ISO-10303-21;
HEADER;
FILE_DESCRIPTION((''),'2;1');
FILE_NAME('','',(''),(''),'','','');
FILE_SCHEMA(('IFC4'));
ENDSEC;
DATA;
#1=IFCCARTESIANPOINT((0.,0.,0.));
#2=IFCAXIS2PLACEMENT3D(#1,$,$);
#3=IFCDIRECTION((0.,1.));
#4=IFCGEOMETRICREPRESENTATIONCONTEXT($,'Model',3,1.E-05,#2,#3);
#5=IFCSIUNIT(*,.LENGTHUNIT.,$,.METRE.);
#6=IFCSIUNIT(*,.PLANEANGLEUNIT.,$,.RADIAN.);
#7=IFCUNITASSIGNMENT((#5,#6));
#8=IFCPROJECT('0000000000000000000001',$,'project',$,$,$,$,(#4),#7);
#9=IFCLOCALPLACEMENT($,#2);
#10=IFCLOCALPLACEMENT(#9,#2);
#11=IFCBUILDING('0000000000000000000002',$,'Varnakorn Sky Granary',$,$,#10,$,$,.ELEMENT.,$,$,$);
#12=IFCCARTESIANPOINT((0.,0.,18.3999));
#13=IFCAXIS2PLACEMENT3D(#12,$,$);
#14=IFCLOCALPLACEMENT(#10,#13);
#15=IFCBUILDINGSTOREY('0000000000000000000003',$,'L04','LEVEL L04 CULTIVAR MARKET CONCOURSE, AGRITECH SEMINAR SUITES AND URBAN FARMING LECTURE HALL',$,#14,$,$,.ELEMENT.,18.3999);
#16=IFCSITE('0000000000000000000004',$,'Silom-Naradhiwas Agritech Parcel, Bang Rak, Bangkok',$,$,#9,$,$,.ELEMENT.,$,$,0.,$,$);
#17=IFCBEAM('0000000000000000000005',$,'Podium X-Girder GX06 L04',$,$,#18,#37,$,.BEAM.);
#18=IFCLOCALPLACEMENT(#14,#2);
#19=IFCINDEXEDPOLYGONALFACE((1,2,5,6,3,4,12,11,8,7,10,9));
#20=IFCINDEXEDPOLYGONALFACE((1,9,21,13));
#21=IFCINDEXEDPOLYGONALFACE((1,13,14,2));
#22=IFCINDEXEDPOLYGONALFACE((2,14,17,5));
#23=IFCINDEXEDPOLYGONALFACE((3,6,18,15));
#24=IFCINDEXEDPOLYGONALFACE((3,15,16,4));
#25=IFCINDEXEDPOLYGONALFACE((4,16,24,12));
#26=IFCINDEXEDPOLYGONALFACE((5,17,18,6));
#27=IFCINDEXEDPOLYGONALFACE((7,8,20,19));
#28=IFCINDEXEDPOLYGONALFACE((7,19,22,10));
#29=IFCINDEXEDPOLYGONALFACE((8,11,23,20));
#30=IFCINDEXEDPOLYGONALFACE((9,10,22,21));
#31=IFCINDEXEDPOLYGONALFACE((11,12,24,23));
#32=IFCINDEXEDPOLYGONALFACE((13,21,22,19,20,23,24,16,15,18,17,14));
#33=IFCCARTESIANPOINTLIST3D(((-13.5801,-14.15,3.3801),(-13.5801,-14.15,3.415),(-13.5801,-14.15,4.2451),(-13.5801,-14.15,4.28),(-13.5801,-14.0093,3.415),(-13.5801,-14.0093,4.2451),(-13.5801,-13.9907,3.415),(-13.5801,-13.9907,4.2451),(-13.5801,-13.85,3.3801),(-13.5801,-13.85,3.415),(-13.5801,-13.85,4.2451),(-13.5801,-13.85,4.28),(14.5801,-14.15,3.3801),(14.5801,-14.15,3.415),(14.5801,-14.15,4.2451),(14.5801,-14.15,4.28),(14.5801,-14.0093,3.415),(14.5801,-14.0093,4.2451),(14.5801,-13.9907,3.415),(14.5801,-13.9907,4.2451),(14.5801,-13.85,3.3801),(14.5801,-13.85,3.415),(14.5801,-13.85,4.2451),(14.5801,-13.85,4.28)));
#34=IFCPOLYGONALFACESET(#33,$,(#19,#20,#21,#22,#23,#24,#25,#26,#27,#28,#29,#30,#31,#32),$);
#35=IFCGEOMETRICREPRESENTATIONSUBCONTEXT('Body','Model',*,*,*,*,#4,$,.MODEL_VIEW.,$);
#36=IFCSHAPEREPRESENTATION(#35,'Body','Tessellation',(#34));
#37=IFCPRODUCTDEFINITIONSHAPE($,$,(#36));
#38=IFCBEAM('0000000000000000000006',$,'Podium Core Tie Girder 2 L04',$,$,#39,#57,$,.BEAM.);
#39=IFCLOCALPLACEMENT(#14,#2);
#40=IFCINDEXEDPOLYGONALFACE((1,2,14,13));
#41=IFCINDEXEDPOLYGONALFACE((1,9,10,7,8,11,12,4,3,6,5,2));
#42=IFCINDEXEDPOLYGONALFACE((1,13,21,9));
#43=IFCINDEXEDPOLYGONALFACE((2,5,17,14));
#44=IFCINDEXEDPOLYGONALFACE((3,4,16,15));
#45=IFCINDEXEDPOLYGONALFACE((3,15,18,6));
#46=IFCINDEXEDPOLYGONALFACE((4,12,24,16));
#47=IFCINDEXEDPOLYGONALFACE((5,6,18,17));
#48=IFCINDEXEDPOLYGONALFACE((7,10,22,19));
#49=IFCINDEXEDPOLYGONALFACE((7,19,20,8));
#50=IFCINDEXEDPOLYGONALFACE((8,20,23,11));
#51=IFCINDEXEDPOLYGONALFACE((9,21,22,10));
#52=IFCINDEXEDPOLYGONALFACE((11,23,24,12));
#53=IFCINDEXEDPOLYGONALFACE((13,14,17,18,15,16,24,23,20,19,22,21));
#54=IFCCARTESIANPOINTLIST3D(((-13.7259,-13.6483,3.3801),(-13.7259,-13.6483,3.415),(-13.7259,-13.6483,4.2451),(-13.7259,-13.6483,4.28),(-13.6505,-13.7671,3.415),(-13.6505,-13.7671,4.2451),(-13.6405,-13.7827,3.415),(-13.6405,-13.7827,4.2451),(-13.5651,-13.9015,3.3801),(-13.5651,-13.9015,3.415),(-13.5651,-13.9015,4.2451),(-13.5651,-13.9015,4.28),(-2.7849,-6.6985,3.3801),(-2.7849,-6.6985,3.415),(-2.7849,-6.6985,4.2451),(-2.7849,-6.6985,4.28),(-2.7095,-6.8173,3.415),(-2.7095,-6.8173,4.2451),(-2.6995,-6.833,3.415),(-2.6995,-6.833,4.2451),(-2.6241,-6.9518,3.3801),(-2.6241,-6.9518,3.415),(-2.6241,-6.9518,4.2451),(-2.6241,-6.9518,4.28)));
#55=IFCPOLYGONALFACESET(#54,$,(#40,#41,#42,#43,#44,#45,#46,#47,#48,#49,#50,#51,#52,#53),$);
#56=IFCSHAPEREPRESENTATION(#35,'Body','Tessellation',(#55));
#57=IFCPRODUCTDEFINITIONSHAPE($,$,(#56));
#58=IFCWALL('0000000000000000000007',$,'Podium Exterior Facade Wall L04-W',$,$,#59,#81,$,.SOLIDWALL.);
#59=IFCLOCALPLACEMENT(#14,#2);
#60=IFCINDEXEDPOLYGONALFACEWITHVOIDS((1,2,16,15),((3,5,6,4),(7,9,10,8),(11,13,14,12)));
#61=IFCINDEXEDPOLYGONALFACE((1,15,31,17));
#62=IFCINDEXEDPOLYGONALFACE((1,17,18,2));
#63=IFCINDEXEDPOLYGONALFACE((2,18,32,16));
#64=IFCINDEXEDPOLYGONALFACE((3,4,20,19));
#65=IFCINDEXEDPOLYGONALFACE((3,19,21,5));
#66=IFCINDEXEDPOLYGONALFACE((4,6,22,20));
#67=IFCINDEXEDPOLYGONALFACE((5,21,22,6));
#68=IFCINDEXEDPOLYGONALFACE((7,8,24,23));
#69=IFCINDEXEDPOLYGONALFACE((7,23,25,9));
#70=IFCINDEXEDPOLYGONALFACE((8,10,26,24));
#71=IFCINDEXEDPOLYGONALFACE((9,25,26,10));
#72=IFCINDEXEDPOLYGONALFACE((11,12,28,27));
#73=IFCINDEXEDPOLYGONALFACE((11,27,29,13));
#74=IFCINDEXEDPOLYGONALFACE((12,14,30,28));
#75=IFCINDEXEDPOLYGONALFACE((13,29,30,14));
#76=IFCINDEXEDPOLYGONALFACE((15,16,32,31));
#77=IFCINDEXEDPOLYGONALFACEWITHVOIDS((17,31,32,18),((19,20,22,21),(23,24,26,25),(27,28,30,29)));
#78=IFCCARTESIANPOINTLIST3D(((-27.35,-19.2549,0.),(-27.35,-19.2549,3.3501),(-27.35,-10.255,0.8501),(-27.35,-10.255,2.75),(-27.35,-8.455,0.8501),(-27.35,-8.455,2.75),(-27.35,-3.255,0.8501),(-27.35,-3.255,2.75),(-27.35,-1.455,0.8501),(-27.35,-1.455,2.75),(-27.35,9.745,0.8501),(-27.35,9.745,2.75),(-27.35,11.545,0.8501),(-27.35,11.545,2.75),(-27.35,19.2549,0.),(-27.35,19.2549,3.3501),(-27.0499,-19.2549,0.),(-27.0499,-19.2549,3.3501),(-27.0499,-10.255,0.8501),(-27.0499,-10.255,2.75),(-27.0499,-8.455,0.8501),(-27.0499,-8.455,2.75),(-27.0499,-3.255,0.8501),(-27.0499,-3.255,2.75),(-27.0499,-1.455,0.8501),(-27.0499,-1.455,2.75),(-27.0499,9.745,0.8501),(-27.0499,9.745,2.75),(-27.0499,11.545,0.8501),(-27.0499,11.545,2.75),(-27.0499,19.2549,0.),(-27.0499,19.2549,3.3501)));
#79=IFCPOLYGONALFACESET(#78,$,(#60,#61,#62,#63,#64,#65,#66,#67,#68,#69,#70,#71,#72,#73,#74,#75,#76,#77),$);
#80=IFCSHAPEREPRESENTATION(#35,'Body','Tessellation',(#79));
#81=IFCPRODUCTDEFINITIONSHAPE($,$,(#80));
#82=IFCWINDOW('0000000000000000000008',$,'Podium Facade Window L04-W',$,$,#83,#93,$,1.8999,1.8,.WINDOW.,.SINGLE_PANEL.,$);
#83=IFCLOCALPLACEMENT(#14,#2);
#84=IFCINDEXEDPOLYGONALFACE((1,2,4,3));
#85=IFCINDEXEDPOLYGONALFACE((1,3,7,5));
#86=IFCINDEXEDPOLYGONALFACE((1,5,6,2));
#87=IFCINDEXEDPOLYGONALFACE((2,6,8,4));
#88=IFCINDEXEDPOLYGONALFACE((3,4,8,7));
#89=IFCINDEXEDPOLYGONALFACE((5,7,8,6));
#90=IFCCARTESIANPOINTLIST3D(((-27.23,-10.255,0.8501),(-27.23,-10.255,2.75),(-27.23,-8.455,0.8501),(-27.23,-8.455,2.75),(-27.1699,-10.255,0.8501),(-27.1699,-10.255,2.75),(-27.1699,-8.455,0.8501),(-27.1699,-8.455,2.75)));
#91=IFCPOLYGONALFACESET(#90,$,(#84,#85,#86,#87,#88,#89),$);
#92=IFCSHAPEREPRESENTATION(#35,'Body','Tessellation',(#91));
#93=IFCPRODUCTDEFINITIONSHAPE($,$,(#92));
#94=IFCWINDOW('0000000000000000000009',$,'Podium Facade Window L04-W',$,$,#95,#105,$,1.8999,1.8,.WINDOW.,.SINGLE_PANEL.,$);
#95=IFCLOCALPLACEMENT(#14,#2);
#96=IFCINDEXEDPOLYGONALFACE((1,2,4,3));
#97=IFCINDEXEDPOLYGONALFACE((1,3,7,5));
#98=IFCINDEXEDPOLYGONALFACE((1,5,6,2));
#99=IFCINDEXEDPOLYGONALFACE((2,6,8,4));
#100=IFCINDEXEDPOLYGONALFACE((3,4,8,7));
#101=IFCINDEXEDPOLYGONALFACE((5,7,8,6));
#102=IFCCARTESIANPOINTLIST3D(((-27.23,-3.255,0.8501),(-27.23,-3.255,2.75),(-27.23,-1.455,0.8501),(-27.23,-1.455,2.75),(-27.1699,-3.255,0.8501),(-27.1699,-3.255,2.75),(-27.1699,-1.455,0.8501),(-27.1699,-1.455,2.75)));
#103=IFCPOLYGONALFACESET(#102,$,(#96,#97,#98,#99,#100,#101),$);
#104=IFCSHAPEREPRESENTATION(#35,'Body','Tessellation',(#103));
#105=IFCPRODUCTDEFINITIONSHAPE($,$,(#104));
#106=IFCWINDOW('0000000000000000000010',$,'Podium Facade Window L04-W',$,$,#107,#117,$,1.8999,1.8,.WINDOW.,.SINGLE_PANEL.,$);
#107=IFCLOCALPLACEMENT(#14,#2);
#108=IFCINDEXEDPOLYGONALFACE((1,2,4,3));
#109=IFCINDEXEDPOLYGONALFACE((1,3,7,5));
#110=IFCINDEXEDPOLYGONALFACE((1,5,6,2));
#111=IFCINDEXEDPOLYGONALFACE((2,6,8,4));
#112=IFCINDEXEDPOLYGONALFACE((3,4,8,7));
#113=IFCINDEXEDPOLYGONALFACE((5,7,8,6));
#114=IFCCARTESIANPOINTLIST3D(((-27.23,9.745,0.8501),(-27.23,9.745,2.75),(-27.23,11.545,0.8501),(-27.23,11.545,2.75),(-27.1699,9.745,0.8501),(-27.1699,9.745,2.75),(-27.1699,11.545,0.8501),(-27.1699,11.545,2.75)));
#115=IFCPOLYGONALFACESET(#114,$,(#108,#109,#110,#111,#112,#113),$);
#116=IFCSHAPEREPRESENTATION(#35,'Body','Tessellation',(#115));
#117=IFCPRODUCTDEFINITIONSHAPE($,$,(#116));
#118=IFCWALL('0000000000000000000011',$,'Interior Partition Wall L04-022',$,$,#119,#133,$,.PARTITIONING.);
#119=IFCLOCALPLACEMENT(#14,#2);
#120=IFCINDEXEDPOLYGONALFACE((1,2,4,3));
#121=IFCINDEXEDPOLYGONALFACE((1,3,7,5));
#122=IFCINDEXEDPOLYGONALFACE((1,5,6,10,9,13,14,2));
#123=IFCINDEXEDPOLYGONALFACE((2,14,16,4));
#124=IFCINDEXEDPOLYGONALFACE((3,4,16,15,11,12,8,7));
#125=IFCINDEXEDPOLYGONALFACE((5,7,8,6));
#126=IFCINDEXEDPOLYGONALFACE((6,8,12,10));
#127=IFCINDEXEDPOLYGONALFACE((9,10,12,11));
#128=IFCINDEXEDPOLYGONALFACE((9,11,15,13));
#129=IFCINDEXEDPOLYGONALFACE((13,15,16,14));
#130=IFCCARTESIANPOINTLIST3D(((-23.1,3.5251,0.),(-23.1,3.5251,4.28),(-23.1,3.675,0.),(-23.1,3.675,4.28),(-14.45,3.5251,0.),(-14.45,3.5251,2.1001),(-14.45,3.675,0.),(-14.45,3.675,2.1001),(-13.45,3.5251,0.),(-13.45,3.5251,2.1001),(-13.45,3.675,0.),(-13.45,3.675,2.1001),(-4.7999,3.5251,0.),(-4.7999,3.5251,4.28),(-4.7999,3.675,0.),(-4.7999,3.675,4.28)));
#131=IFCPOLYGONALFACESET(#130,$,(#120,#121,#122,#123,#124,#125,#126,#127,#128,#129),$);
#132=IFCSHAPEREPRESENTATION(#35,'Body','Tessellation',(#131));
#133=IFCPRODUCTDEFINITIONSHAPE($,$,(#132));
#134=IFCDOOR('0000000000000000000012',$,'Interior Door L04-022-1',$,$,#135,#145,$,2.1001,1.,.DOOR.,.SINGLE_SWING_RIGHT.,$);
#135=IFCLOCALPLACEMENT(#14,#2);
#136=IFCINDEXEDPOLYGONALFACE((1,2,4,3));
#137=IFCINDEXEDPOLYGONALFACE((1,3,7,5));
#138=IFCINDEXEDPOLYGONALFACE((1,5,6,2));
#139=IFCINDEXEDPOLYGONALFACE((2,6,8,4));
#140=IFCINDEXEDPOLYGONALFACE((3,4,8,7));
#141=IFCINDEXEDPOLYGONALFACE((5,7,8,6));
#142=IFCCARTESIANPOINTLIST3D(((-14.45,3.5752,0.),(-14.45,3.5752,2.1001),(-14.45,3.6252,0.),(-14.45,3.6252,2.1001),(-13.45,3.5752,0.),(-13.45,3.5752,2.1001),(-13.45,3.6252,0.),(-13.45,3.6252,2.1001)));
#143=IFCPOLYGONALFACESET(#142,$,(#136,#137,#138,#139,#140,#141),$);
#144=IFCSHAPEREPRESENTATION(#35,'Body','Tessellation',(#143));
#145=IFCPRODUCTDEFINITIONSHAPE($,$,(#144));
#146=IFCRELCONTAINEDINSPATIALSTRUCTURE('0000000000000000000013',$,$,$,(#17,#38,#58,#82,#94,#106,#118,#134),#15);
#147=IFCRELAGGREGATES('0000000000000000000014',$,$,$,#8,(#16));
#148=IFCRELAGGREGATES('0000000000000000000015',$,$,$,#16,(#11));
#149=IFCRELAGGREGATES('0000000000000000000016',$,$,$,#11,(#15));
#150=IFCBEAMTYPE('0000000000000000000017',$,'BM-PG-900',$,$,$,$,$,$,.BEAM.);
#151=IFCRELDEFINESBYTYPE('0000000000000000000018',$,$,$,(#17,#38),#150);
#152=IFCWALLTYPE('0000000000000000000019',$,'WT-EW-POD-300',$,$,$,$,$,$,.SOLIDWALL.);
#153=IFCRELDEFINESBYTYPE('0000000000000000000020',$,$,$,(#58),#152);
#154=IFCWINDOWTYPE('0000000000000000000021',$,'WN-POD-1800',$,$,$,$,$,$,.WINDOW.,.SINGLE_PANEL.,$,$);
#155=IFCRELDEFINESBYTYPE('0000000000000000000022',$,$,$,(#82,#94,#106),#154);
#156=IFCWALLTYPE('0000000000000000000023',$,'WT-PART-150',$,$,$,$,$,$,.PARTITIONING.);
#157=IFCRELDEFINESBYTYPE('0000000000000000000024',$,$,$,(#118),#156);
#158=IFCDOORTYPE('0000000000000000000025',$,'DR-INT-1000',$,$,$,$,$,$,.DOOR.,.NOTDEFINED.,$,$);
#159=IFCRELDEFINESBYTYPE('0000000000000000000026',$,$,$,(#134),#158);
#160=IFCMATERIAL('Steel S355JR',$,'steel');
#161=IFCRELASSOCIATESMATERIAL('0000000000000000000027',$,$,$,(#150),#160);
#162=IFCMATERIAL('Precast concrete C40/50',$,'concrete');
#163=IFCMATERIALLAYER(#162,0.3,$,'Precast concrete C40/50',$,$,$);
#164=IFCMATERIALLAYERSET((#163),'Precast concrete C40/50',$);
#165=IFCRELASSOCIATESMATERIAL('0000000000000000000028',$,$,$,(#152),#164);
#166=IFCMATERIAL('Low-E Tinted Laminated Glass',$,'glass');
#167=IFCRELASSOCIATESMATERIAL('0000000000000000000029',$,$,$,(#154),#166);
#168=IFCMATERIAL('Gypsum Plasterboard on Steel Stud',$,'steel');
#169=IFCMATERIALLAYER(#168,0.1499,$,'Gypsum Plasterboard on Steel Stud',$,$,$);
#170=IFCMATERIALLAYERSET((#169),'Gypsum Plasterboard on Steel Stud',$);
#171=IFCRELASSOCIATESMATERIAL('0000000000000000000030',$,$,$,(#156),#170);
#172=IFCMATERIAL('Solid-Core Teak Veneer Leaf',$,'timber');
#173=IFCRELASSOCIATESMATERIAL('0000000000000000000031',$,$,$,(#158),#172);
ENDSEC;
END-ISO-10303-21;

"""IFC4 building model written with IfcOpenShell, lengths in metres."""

from ifc_helpers import new_model, si_unit, direction, frame, frame_2d, origin, origin_2d, place, context, subcontext, project, spatial, rectangle, i_section, extrude, material, layer, layer_set, material_profile, profile_set, type_object, element, fill, save


model = new_model("IFC4")

# Units and contexts
model_context = context("Model", 3, precision=1e-05, world=origin(), true_north=direction((0.0, 1.0)))
body_context = subcontext(model_context, "Body", "Model", "MODEL_VIEW")
ifc_project = project(units=[si_unit("LENGTHUNIT", "METRE"), si_unit("PLANEANGLEUNIT", "RADIAN")], contexts=[model_context])

# Site, building, storey
site_placement = place(None, origin())
site = spatial("IfcSite", under=ifc_project, at=site_placement, Name="Silom-Naradhiwas Agritech Parcel, Bang Rak, Bangkok", CompositionType="ELEMENT", RefElevation=0.0)
building_placement = place(site_placement, origin())
building = spatial("IfcBuilding", under=site, at=building_placement, Name="Varnakorn Sky Granary", CompositionType="ELEMENT")
storey_placement = place(building_placement, frame((0.0, 0.0, 18.3999)))
storey = spatial("IfcBuildingStorey", under=building, at=storey_placement, Name="L04", Description="LEVEL L04 CULTIVAR MARKET CONCOURSE, AGRITECH SEMINAR SUITES AND URBAN FARMING LECTURE HALL", CompositionType="ELEMENT", Elevation=18.3999)

# Beams
ifc_material_1 = material(Name="Steel S355JR", Category="steel")
ifc_material_profile_1 = material_profile(ifc_material_1, i_section(OverallWidth=0.3, OverallDepth=0.8999, WebThickness=0.0186, FlangeThickness=0.0349, at=origin_2d()), Name="HE 900 B")
ifc_profile_set_1 = profile_set([ifc_material_profile_1], Name="Steel S355JR")
beam_type_1 = type_object("IfcBeamType", Name="BM-PG-900", PredefinedType="BEAM", material=ifc_profile_set_1)
for number, where, z_axis, x_axis, name in (
    (1, (-13.5801, -14.0, 3.8301), (1.0, 0.0, 0.0), (0.0, 1.0, 0.0), "Podium X-Girder GX06 L04"),
):
    element("IfcBeam", number, at=place(storey_placement, frame(where, z_axis=z_axis, x_axis=x_axis)), inside=storey, type_object=beam_type_1, Name=name, PredefinedType="BEAM", context=body_context, shape_type="SweptSolid", body=[
        extrude(i_section(OverallWidth=0.3, OverallDepth=0.8999, WebThickness=0.0186, FlangeThickness=0.0349, at=origin_2d()), origin(), (0.0, 0.0, 1.0), 28.1602),
    ])
beam_1_placement = place(storey_placement, frame((-13.6455, -13.7749, 3.8301), z_axis=(0.844105, 0.536178, 0.0), x_axis=(-0.536178, 0.844105, 0.0)))
element("IfcBeam", 2, at=beam_1_placement, inside=storey, type_object=beam_type_1, Name="Podium Core Tie Girder 2 L04", PredefinedType="BEAM", context=body_context, shape_type="SweptSolid", body=[
    extrude(i_section(OverallWidth=0.3, OverallDepth=0.8999, WebThickness=0.0186, FlangeThickness=0.0349, at=origin_2d()), origin(), (0.0, 0.0, 1.0), 12.9617),
])

# Wall, openings, windows
ifc_material_2 = material(Name="Precast concrete C40/50", Category="concrete")
ifc_layer_1 = layer(ifc_material_2, 0.3, Name="Precast concrete C40/50")
ifc_layer_set_1 = layer_set([ifc_layer_1], Name="Precast concrete C40/50")
wall_type_1 = type_object("IfcWallType", Name="WT-EW-POD-300", PredefinedType="SOLIDWALL", material=ifc_layer_set_1)
wall_1_placement = place(storey_placement, frame((-27.2, -19.2549, 0.0), z_axis=(0.0, 0.0, 1.0), x_axis=(0.0, 1.0, 0.0)))
wall_1 = element("IfcWall", 3, at=wall_1_placement, inside=storey, type_object=wall_type_1, Name="Podium Exterior Facade Wall L04-W", PredefinedType="SOLIDWALL", context=body_context, shape_type="SweptSolid", body=[
    extrude(rectangle(XDim=38.5098, YDim=0.3, at=frame_2d((19.2549, 0.0))), origin(), (0.0, 0.0, 1.0), 3.3501),
])
opening_1_placement = place(wall_1_placement, frame((9.0, 0.0, 0.8501)))
opening_1 = element("IfcOpeningElement", 4, at=opening_1_placement, cuts=wall_1, PredefinedType="OPENING", context=body_context, shape_type="SweptSolid", body=[
    extrude(rectangle(XDim=1.8, YDim=1.8999, at=frame_2d((0.8999, 0.95))), frame((0.0, 0.1602, 0.0), z_axis=(0.0, -1.0, 0.0), x_axis=(1.0, 0.0, 0.0)), (0.0, 0.0, 1.0), 0.3201),
])
opening_2_placement = place(wall_1_placement, frame((16.0, 0.0, 0.8501)))
opening_2 = element("IfcOpeningElement", 5, at=opening_2_placement, cuts=wall_1, PredefinedType="OPENING", context=body_context, shape_type="SweptSolid", body=[
    extrude(rectangle(XDim=1.8, YDim=1.8999, at=frame_2d((0.8999, 0.95))), frame((0.0, 0.1602, 0.0), z_axis=(0.0, -1.0, 0.0), x_axis=(1.0, 0.0, 0.0)), (0.0, 0.0, 1.0), 0.3201),
])
opening_3_placement = place(wall_1_placement, frame((29.0, 0.0, 0.8501)))
opening_3 = element("IfcOpeningElement", 6, at=opening_3_placement, cuts=wall_1, PredefinedType="OPENING", context=body_context, shape_type="SweptSolid", body=[
    extrude(rectangle(XDim=1.8, YDim=1.8999, at=frame_2d((0.8999, 0.95))), frame((0.0, 0.1602, 0.0), z_axis=(0.0, -1.0, 0.0), x_axis=(1.0, 0.0, 0.0)), (0.0, 0.0, 1.0), 0.3201),
])
ifc_material_3 = material(Name="Low-E Tinted Laminated Glass", Category="glass")
window_type = type_object("IfcWindowType", Name="WN-POD-1800", PartitioningType="SINGLE_PANEL", PredefinedType="WINDOW", material=ifc_material_3)
window_1_placement = place(opening_1_placement, origin())
window_1 = element("IfcWindow", 7, at=window_1_placement, inside=storey, type_object=window_type, Name="Podium Facade Window L04-W", OverallHeight=1.8999, OverallWidth=1.8, PartitioningType="SINGLE_PANEL", PredefinedType="WINDOW", context=body_context, shape_type="SweptSolid", body=[
    extrude(rectangle(XDim=1.8, YDim=1.8999, at=frame_2d((0.8999, 0.95))), frame((0.0, 0.03, 0.0), z_axis=(0.0, -1.0, 0.0), x_axis=(1.0, 0.0, 0.0)), (0.0, 0.0, 1.0), 0.0601),
])
fill(opening_1, window_1)
window_2_placement = place(opening_2_placement, origin())
window_2 = element("IfcWindow", 8, at=window_2_placement, inside=storey, type_object=window_type, Name="Podium Facade Window L04-W", OverallHeight=1.8999, OverallWidth=1.8, PartitioningType="SINGLE_PANEL", PredefinedType="WINDOW", context=body_context, shape_type="SweptSolid", body=[
    extrude(rectangle(XDim=1.8, YDim=1.8999, at=frame_2d((0.8999, 0.95))), frame((0.0, 0.03, 0.0), z_axis=(0.0, -1.0, 0.0), x_axis=(1.0, 0.0, 0.0)), (0.0, 0.0, 1.0), 0.0601),
])
fill(opening_2, window_2)
window_3_placement = place(opening_3_placement, origin())
window_3 = element("IfcWindow", 9, at=window_3_placement, inside=storey, type_object=window_type, Name="Podium Facade Window L04-W", OverallHeight=1.8999, OverallWidth=1.8, PartitioningType="SINGLE_PANEL", PredefinedType="WINDOW", context=body_context, shape_type="SweptSolid", body=[
    extrude(rectangle(XDim=1.8, YDim=1.8999, at=frame_2d((0.8999, 0.95))), frame((0.0, 0.03, 0.0), z_axis=(0.0, -1.0, 0.0), x_axis=(1.0, 0.0, 0.0)), (0.0, 0.0, 1.0), 0.0601),
])
fill(opening_3, window_3)

# Wall, opening, door
ifc_material_4 = material(Name="Gypsum Plasterboard on Steel Stud", Category="steel")
ifc_layer_2 = layer(ifc_material_4, 0.1499, Name="Gypsum Plasterboard on Steel Stud")
ifc_layer_set_2 = layer_set([ifc_layer_2], Name="Gypsum Plasterboard on Steel Stud")
wall_type_2 = type_object("IfcWallType", Name="WT-PART-150", PredefinedType="PARTITIONING", material=ifc_layer_set_2)
wall_2_placement = place(storey_placement, frame((-4.8, 3.6001, 0.0), z_axis=(0.0, 0.0, 1.0), x_axis=(-1.0, 0.0, 0.0)))
wall_2 = element("IfcWall", 10, at=wall_2_placement, inside=storey, type_object=wall_type_2, Name="Interior Partition Wall L04-022", PredefinedType="PARTITIONING", context=body_context, shape_type="SweptSolid", body=[
    extrude(rectangle(XDim=18.3, YDim=0.1499, at=frame_2d((9.1499, 0.0))), origin(), (0.0, 0.0, 1.0), 4.28),
])
opening_4_placement = place(wall_2_placement, frame((8.6499, 0.0, 0.0)))
opening_4 = element("IfcOpeningElement", 11, at=opening_4_placement, cuts=wall_2, PredefinedType="OPENING", context=body_context, shape_type="SweptSolid", body=[
    extrude(rectangle(XDim=1.0, YDim=2.1001, at=frame_2d((0.5, 1.05))), frame((0.0, 0.085, 0.0), z_axis=(0.0, -1.0, 0.0), x_axis=(1.0, 0.0, 0.0)), (0.0, 0.0, 1.0), 0.1699),
])
ifc_material_5 = material(Name="Solid-Core Teak Veneer Leaf", Category="timber")
door_type = type_object("IfcDoorType", Name="DR-INT-1000", OperationType="NOTDEFINED", PredefinedType="DOOR", material=ifc_material_5)
door_1_placement = place(opening_4_placement, origin())
door_1 = element("IfcDoor", 12, at=door_1_placement, inside=storey, type_object=door_type, Name="Interior Door L04-022-1", OperationType="SINGLE_SWING_RIGHT", OverallHeight=2.1001, OverallWidth=1.0, PredefinedType="DOOR", context=body_context, shape_type="SweptSolid", body=[
    extrude(rectangle(XDim=1.0, YDim=2.1001, at=frame_2d((0.5, 1.05))), frame((0.0, 0.0249, 0.0), z_axis=(0.0, -1.0, 0.0), x_axis=(1.0, 0.0, 0.0)), (0.0, 0.0, 1.0), 0.05),
])
fill(opening_4, door_1)

save(model, "model.ifc")
